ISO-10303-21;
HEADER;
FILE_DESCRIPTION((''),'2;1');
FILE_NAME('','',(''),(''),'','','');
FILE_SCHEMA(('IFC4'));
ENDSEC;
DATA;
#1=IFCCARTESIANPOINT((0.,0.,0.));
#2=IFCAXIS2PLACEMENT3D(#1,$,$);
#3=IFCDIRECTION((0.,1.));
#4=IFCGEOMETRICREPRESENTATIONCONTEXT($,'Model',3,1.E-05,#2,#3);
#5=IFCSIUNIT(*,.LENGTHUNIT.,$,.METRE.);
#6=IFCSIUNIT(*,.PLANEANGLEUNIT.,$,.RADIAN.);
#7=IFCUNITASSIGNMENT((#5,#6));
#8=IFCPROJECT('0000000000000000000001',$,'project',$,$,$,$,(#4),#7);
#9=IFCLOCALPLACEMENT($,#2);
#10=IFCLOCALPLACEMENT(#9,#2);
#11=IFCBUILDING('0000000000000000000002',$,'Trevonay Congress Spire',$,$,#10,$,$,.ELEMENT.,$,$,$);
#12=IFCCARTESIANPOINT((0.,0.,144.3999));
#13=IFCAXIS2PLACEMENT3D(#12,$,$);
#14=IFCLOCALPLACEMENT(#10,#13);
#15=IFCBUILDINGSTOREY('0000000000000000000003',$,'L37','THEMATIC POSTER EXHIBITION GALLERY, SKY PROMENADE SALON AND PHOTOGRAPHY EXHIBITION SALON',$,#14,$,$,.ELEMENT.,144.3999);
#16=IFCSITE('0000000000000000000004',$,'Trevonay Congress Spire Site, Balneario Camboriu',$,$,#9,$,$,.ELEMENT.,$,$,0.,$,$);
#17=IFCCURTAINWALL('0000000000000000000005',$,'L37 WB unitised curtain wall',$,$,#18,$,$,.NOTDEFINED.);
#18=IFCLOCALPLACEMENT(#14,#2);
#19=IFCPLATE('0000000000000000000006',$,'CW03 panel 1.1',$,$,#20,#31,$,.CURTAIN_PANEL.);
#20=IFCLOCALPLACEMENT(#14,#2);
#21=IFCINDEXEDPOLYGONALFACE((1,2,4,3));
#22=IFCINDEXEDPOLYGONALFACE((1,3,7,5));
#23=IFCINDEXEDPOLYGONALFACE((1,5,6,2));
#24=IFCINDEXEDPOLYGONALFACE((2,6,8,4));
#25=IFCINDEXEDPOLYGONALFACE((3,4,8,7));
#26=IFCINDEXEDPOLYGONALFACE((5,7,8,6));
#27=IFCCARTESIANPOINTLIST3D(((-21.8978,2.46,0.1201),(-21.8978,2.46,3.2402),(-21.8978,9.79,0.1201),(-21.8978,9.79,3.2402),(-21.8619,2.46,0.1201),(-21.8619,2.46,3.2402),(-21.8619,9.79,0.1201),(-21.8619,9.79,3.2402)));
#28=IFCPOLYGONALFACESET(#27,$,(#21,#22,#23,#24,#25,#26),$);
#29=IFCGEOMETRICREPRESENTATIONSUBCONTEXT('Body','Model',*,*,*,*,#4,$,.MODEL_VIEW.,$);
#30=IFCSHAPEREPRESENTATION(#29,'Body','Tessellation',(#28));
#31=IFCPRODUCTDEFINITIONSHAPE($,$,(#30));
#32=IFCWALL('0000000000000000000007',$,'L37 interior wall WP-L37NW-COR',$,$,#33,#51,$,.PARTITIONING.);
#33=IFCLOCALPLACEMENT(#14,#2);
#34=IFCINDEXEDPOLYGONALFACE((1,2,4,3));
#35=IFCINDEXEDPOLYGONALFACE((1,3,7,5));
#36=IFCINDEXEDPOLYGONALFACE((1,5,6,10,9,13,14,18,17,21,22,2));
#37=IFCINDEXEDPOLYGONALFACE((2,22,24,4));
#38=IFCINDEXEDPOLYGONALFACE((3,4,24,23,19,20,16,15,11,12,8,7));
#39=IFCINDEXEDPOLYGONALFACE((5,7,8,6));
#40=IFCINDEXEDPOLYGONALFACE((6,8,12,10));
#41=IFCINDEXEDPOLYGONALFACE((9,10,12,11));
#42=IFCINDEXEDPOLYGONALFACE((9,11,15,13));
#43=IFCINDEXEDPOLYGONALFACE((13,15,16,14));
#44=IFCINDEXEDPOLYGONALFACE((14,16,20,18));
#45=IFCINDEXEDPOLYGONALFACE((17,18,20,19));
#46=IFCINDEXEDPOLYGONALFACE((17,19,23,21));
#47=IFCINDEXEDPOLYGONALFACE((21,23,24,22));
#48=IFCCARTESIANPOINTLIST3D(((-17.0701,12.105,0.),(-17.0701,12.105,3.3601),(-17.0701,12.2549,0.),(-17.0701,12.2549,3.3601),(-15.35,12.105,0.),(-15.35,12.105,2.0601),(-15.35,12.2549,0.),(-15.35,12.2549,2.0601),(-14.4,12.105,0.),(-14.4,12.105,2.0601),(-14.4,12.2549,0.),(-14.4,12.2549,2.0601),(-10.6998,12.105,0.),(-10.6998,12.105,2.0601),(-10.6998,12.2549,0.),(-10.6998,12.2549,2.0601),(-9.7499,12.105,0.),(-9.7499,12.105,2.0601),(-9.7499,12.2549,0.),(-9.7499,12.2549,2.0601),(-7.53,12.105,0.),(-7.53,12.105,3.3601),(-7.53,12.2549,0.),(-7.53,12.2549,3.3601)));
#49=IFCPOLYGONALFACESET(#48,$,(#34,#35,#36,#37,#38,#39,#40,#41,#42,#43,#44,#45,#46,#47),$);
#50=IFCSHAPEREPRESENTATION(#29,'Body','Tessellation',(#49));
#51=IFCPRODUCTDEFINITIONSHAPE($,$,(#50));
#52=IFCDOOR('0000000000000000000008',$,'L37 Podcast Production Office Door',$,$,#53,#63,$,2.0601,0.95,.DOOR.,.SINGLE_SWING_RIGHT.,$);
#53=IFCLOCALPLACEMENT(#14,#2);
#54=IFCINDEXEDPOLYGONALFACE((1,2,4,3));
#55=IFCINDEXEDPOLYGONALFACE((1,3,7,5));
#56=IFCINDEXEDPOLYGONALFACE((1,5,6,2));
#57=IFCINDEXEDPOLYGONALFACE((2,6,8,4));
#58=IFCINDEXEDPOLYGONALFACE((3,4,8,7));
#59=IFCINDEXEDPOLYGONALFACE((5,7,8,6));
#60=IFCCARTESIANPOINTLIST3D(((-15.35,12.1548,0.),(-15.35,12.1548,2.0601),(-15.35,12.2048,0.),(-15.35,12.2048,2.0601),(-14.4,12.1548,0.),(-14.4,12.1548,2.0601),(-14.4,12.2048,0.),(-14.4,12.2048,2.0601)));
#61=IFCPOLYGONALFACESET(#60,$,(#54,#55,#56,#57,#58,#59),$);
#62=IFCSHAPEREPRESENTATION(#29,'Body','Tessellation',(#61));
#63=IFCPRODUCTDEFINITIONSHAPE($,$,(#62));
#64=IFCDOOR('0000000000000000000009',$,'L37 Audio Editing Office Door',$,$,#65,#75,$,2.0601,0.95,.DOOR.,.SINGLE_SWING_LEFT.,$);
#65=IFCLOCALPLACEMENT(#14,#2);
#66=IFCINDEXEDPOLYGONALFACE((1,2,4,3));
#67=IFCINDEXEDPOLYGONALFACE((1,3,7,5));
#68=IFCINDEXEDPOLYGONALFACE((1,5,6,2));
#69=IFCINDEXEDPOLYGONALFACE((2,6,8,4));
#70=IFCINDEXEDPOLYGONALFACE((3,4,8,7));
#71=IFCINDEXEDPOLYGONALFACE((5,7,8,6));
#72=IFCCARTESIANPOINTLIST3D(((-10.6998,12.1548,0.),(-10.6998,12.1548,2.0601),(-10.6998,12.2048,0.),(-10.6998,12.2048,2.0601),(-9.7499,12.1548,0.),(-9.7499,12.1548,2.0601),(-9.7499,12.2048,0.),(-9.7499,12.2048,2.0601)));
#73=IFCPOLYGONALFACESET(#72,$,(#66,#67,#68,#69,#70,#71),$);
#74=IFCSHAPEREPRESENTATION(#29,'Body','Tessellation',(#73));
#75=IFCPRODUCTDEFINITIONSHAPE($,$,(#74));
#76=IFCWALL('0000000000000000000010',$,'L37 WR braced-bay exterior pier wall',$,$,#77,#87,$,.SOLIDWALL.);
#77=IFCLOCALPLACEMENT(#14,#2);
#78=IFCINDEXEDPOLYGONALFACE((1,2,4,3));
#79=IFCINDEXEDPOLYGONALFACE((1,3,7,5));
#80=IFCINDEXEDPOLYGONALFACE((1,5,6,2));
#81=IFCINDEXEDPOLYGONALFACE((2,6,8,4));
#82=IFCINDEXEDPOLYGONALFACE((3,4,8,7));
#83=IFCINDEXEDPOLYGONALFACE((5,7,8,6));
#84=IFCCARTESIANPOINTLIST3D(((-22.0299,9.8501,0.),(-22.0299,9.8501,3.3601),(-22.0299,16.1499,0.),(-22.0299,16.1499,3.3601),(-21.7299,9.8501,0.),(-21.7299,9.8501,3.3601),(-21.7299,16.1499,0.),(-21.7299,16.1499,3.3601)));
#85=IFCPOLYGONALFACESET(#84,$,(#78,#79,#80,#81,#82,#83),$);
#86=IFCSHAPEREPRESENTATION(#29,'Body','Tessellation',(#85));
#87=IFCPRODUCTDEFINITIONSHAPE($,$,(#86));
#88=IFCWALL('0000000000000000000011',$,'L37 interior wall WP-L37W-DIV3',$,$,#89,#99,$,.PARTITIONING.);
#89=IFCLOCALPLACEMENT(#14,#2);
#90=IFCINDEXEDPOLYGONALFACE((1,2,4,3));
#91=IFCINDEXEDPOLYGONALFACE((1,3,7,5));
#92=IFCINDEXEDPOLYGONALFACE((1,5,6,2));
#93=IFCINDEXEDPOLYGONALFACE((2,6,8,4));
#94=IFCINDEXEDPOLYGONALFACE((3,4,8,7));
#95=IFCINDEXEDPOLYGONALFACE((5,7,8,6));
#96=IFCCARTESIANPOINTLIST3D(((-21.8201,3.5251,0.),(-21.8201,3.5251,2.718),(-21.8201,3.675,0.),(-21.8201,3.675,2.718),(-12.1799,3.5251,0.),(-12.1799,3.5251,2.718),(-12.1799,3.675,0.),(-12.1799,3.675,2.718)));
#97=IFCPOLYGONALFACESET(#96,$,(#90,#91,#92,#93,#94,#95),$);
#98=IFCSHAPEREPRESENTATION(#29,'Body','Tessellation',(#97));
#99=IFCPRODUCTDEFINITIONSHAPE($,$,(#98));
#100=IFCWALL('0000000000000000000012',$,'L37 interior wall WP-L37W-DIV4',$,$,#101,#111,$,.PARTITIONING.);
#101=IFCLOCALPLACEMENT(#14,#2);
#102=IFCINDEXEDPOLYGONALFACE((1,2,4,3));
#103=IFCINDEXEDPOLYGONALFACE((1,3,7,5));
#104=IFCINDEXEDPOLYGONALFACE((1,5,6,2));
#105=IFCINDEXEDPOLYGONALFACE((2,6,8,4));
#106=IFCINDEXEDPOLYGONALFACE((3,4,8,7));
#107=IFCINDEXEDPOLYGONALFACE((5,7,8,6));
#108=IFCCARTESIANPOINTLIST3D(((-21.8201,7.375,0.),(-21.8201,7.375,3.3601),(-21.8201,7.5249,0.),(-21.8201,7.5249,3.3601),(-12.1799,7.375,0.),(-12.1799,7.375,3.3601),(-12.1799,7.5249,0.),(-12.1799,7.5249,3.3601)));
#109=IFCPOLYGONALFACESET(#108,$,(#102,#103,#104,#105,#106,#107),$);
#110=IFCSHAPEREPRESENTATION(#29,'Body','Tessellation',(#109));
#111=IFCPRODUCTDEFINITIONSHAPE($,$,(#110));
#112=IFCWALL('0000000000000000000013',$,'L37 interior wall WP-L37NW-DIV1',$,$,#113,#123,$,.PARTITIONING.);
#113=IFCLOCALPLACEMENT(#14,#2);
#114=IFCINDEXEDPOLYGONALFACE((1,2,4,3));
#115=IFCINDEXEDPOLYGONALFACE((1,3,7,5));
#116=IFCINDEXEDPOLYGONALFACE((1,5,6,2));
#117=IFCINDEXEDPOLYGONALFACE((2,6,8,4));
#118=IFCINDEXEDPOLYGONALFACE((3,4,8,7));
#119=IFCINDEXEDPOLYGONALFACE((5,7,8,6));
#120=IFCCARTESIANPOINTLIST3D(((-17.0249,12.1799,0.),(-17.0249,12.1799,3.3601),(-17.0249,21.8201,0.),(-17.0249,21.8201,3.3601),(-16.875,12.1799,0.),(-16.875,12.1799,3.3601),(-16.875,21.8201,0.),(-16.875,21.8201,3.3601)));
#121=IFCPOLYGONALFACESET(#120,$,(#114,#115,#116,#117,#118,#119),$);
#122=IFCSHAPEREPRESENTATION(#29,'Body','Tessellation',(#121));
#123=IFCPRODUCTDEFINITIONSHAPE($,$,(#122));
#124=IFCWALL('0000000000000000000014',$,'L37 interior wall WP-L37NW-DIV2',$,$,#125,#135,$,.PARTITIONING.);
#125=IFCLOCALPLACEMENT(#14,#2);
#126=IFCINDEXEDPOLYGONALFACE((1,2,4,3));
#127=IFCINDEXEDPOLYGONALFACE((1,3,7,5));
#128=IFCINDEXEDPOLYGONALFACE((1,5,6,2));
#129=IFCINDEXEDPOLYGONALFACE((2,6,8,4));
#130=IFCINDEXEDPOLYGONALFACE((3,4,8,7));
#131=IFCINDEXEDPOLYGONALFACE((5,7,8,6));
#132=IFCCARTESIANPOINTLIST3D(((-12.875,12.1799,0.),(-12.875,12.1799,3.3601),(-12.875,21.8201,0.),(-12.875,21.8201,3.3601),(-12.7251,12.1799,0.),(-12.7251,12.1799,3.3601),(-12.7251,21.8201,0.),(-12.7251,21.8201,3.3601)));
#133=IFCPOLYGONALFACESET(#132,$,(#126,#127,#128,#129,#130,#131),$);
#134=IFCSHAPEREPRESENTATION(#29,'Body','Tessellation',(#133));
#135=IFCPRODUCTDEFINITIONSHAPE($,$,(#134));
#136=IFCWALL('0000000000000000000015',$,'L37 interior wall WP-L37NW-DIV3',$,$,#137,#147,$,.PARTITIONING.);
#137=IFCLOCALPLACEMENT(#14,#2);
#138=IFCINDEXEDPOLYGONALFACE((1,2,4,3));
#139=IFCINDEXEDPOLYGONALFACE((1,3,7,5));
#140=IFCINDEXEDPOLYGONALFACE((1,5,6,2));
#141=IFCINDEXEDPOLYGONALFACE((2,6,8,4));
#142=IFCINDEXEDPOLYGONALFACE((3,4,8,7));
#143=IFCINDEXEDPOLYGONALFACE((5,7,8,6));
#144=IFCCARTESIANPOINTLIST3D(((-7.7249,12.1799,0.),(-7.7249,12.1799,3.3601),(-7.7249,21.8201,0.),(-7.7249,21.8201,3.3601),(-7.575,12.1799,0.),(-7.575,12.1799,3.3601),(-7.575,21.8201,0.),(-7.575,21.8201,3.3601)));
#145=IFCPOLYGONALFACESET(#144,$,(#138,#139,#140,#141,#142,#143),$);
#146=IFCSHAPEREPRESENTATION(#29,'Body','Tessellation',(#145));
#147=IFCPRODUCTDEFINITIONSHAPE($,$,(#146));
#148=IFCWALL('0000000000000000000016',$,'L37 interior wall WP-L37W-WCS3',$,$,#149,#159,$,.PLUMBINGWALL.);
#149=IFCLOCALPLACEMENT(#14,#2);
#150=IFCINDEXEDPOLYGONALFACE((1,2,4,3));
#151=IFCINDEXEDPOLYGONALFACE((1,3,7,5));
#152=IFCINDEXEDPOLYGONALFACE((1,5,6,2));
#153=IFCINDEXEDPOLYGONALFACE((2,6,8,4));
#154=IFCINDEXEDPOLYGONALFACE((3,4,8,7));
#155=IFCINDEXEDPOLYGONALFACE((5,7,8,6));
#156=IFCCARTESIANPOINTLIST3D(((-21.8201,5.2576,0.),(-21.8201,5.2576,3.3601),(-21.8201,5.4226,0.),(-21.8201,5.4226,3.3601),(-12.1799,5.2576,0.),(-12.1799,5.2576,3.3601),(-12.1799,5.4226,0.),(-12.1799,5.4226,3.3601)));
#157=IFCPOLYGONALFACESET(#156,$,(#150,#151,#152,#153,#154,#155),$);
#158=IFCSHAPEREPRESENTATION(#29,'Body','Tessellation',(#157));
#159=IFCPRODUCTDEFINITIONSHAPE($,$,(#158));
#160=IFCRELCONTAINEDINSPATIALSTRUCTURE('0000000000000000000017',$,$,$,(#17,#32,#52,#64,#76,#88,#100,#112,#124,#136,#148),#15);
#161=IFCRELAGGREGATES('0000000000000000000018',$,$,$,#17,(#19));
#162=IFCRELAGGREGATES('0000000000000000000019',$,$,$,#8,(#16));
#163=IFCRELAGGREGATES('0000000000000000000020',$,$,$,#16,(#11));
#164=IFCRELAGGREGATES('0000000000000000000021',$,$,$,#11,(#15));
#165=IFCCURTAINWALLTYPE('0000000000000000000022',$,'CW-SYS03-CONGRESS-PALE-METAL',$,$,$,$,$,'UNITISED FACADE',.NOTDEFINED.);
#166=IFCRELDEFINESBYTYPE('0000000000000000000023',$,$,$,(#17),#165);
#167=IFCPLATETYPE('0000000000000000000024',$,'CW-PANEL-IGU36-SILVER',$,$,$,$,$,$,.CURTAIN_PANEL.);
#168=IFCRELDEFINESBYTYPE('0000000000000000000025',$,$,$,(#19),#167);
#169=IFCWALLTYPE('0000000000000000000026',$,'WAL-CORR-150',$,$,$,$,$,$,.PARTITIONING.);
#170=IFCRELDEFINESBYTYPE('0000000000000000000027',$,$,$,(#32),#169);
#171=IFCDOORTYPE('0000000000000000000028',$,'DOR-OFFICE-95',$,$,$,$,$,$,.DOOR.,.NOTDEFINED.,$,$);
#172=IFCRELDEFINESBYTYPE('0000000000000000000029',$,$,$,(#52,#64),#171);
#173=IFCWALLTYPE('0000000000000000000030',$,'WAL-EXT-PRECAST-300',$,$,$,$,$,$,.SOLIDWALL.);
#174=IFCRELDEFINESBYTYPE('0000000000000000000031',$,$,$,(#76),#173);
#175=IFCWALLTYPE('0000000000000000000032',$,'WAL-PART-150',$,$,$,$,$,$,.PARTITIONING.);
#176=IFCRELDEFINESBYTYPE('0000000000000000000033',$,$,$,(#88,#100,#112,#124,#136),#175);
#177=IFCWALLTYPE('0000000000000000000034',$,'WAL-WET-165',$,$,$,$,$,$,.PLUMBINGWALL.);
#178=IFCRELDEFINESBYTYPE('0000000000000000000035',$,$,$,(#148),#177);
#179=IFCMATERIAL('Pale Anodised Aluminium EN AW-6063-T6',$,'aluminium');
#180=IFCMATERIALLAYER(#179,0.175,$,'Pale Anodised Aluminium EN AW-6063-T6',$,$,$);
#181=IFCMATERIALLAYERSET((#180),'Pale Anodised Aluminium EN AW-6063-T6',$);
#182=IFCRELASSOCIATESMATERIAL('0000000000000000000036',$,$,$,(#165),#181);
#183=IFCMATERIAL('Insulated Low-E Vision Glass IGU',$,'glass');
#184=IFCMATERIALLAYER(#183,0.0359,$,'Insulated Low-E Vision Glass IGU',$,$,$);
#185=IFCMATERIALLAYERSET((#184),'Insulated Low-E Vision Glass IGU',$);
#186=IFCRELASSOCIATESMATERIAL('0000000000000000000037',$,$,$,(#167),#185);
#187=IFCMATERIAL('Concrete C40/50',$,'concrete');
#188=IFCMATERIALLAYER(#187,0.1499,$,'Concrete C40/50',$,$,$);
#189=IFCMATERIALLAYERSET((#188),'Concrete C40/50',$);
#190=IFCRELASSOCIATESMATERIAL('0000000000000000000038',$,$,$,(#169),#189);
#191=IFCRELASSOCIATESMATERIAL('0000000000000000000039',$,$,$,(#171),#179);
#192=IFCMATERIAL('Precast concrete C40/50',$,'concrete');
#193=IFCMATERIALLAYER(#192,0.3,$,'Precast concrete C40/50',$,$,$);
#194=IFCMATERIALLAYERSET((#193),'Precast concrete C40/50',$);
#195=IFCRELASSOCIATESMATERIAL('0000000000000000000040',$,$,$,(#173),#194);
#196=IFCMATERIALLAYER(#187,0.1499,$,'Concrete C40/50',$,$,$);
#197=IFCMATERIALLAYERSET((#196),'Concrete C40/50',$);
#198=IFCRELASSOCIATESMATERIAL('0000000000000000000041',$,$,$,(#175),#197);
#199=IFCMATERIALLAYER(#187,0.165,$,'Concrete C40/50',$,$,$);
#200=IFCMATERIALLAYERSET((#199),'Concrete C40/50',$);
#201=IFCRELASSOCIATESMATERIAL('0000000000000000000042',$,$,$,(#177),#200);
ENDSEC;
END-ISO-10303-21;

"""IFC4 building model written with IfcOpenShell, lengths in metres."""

from ifc_helpers import new_model, si_unit, direction, frame, frame_2d, origin, origin_2d, place, context, subcontext, project, spatial, rectangle, extrude, material, layer, layer_set, type_object, element, fill, aggregate, save


model = new_model("IFC4")

# Units and contexts
model_context = context("Model", 3, precision=1e-05, world=origin(), true_north=direction((0.0, 1.0)))
body_context = subcontext(model_context, "Body", "Model", "MODEL_VIEW")
ifc_project = project(units=[si_unit("LENGTHUNIT", "METRE"), si_unit("PLANEANGLEUNIT", "RADIAN")], contexts=[model_context])

# Site, building, storey
site_placement = place(None, origin())
site = spatial("IfcSite", under=ifc_project, at=site_placement, Name="Trevonay Congress Spire Site, Balneario Camboriu", CompositionType="ELEMENT", RefElevation=0.0)
building_placement = place(site_placement, origin())
building = spatial("IfcBuilding", under=site, at=building_placement, Name="Trevonay Congress Spire", CompositionType="ELEMENT")
storey_placement = place(building_placement, frame((0.0, 0.0, 144.3999)))
storey = spatial("IfcBuildingStorey", under=building, at=storey_placement, Name="L37", Description="THEMATIC POSTER EXHIBITION GALLERY, SKY PROMENADE SALON AND PHOTOGRAPHY EXHIBITION SALON", CompositionType="ELEMENT", Elevation=144.3999)

# Curtain wall, plate
ifc_material_1 = material(Name="Pale Anodised Aluminium EN AW-6063-T6", Category="aluminium")
ifc_layer_1 = layer(ifc_material_1, 0.175, Name="Pale Anodised Aluminium EN AW-6063-T6")
ifc_layer_set_1 = layer_set([ifc_layer_1], Name="Pale Anodised Aluminium EN AW-6063-T6")
curtain_wall_type = type_object("IfcCurtainWallType", Name="CW-SYS03-CONGRESS-PALE-METAL", ElementType="UNITISED FACADE", PredefinedType="NOTDEFINED", material=ifc_layer_set_1)
curtain_wall_placement = place(storey_placement, origin())
curtain_wall = element("IfcCurtainWall", 1, at=curtain_wall_placement, inside=storey, type_object=curtain_wall_type, Name="L37 WB unitised curtain wall", PredefinedType="NOTDEFINED")
ifc_material_2 = material(Name="Insulated Low-E Vision Glass IGU", Category="glass")
ifc_layer_2 = layer(ifc_material_2, 0.0359, Name="Insulated Low-E Vision Glass IGU")
ifc_layer_set_2 = layer_set([ifc_layer_2], Name="Insulated Low-E Vision Glass IGU")
plate_type = type_object("IfcPlateType", Name="CW-PANEL-IGU36-SILVER", PredefinedType="CURTAIN_PANEL", material=ifc_layer_set_2)
plate_placement = place(storey_placement, frame((-21.8799, 6.125, 0.1201), z_axis=(0.0, 0.0, 1.0), x_axis=(0.0, 1.0, 0.0)))
plate = element("IfcPlate", 2, at=plate_placement, type_object=plate_type, Name="CW03 panel 1.1", PredefinedType="CURTAIN_PANEL", context=body_context, shape_type="SweptSolid", body=[
    extrude(rectangle(XDim=7.3301, YDim=0.0359, at=origin_2d()), origin(), (0.0, 0.0, 1.0), 3.1201),
])
aggregate(curtain_wall, [plate])

# Wall, openings, doors
ifc_material_3 = material(Name="Concrete C40/50", Category="concrete")
ifc_layer_3 = layer(ifc_material_3, 0.1499, Name="Concrete C40/50")
ifc_layer_set_3 = layer_set([ifc_layer_3], Name="Concrete C40/50")
wall_type_1 = type_object("IfcWallType", Name="WAL-CORR-150", PredefinedType="PARTITIONING", material=ifc_layer_set_3)
wall_1_placement = place(storey_placement, frame((-17.0701, 12.1799, 0.0), z_axis=(0.0, 0.0, 1.0), x_axis=(1.0, 0.0, 0.0)))
wall_1 = element("IfcWall", 3, at=wall_1_placement, inside=storey, type_object=wall_type_1, Name="L37 interior wall WP-L37NW-COR", PredefinedType="PARTITIONING", context=body_context, shape_type="SweptSolid", body=[
    extrude(rectangle(XDim=9.54, YDim=0.1499, at=frame_2d((4.77, 0.0))), origin(), (0.0, 0.0, 1.0), 3.3601),
])
opening_1_placement = place(wall_1_placement, frame((1.72, 0.0, 0.0)))
opening_1 = element("IfcOpeningElement", 4, at=opening_1_placement, cuts=wall_1, PredefinedType="OPENING", context=body_context, shape_type="SweptSolid", body=[
    extrude(rectangle(XDim=0.95, YDim=2.0601, at=frame_2d((0.4751, 1.03))), frame((0.0, 0.085, 0.0), z_axis=(0.0, -1.0, 0.0), x_axis=(1.0, 0.0, 0.0)), (0.0, 0.0, 1.0), 0.1699),
])
opening_2_placement = place(wall_1_placement, frame((6.3701, 0.0, 0.0)))
opening_2 = element("IfcOpeningElement", 5, at=opening_2_placement, cuts=wall_1, PredefinedType="OPENING", context=body_context, shape_type="SweptSolid", body=[
    extrude(rectangle(XDim=0.95, YDim=2.0601, at=frame_2d((0.4751, 1.03))), frame((0.0, 0.085, 0.0), z_axis=(0.0, -1.0, 0.0), x_axis=(1.0, 0.0, 0.0)), (0.0, 0.0, 1.0), 0.1699),
])
door_type = type_object("IfcDoorType", Name="DOR-OFFICE-95", OperationType="NOTDEFINED", PredefinedType="DOOR", material=ifc_material_1)
door_1_placement = place(opening_1_placement, origin())
door_1 = element("IfcDoor", 6, at=door_1_placement, inside=storey, type_object=door_type, Name="L37 Podcast Production Office Door", OperationType="SINGLE_SWING_RIGHT", OverallHeight=2.0601, OverallWidth=0.95, PredefinedType="DOOR", context=body_context, shape_type="SweptSolid", body=[
    extrude(rectangle(XDim=0.95, YDim=2.0601, at=frame_2d((0.4751, 1.03))), frame((0.0, 0.0249, 0.0), z_axis=(0.0, -1.0, 0.0), x_axis=(1.0, 0.0, 0.0)), (0.0, 0.0, 1.0), 0.05),
])
fill(opening_1, door_1)
door_2_placement = place(opening_2_placement, origin())
door_2 = element("IfcDoor", 7, at=door_2_placement, inside=storey, type_object=door_type, Name="L37 Audio Editing Office Door", OperationType="SINGLE_SWING_LEFT", OverallHeight=2.0601, OverallWidth=0.95, PredefinedType="DOOR", context=body_context, shape_type="SweptSolid", body=[
    extrude(rectangle(XDim=0.95, YDim=2.0601, at=frame_2d((0.4751, 1.03))), frame((0.0, 0.0249, 0.0), z_axis=(0.0, -1.0, 0.0), x_axis=(1.0, 0.0, 0.0)), (0.0, 0.0, 1.0), 0.05),
])
fill(opening_2, door_2)

# Walls
ifc_material_4 = material(Name="Precast concrete C40/50", Category="concrete")
ifc_layer_4 = layer(ifc_material_4, 0.3, Name="Precast concrete C40/50")
ifc_layer_set_4 = layer_set([ifc_layer_4], Name="Precast concrete C40/50")
wall_type_2 = type_object("IfcWallType", Name="WAL-EXT-PRECAST-300", PredefinedType="SOLIDWALL", material=ifc_layer_set_4)
wall_2_placement = place(storey_placement, frame((-21.8799, 9.8501, 0.0), z_axis=(0.0, 0.0, 1.0), x_axis=(0.0, 1.0, 0.0)))
element("IfcWall", 8, at=wall_2_placement, inside=storey, type_object=wall_type_2, Name="L37 WR braced-bay exterior pier wall", PredefinedType="SOLIDWALL", context=body_context, shape_type="SweptSolid", body=[
    extrude(rectangle(XDim=6.2998, YDim=0.3, at=frame_2d((3.1499, 0.0))), origin(), (0.0, 0.0, 1.0), 3.3601),
])
ifc_layer_5 = layer(ifc_material_3, 0.1499, Name="Concrete C40/50")
ifc_layer_set_5 = layer_set([ifc_layer_5], Name="Concrete C40/50")
wall_type_3 = type_object("IfcWallType", Name="WAL-PART-150", PredefinedType="PARTITIONING", material=ifc_layer_set_5)
wall_3_placement = place(storey_placement, frame((-21.8201, 3.6001, 0.0), z_axis=(0.0, 0.0, 1.0), x_axis=(1.0, 0.0, 0.0)))
element("IfcWall", 9, at=wall_3_placement, inside=storey, type_object=wall_type_3, Name="L37 interior wall WP-L37W-DIV3", PredefinedType="PARTITIONING", context=body_context, shape_type="SweptSolid", body=[
    extrude(rectangle(XDim=9.6401, YDim=0.1499, at=frame_2d((4.8201, 0.0))), origin(), (0.0, 0.0, 1.0), 2.718),
])
for number, where, z_axis, x_axis, name in (
    (10, (-21.8201, 7.45, 0.0), (0.0, 0.0, 1.0), (1.0, 0.0, 0.0), "L37 interior wall WP-L37W-DIV4"),
    (11, (-16.95, 12.1799, 0.0), (0.0, 0.0, 1.0), (0.0, 1.0, 0.0), "L37 interior wall WP-L37NW-DIV1"),
    (12, (-12.8, 12.1799, 0.0), (0.0, 0.0, 1.0), (0.0, 1.0, 0.0), "L37 interior wall WP-L37NW-DIV2"),
    (13, (-7.6499, 12.1799, 0.0), (0.0, 0.0, 1.0), (0.0, 1.0, 0.0), "L37 interior wall WP-L37NW-DIV3"),
):
    element("IfcWall", number, at=place(storey_placement, frame(where, z_axis=z_axis, x_axis=x_axis)), inside=storey, type_object=wall_type_3, Name=name, PredefinedType="PARTITIONING", context=body_context, shape_type="SweptSolid", body=[
        extrude(rectangle(XDim=9.6401, YDim=0.1499, at=frame_2d((4.8201, 0.0))), origin(), (0.0, 0.0, 1.0), 3.3601),
    ])
ifc_layer_6 = layer(ifc_material_3, 0.165, Name="Concrete C40/50")
ifc_layer_set_6 = layer_set([ifc_layer_6], Name="Concrete C40/50")
wall_type_4 = type_object("IfcWallType", Name="WAL-WET-165", PredefinedType="PLUMBINGWALL", material=ifc_layer_set_6)
wall_4_placement = place(storey_placement, frame((-21.8201, 5.3401, 0.0), z_axis=(0.0, 0.0, 1.0), x_axis=(1.0, 0.0, 0.0)))
element("IfcWall", 14, at=wall_4_placement, inside=storey, type_object=wall_type_4, Name="L37 interior wall WP-L37W-WCS3", PredefinedType="PLUMBINGWALL", context=body_context, shape_type="SweptSolid", body=[
    extrude(rectangle(XDim=9.6401, YDim=0.165, at=frame_2d((4.8201, 0.0))), origin(), (0.0, 0.0, 1.0), 3.3601),
])

save(model, "model.ifc")
